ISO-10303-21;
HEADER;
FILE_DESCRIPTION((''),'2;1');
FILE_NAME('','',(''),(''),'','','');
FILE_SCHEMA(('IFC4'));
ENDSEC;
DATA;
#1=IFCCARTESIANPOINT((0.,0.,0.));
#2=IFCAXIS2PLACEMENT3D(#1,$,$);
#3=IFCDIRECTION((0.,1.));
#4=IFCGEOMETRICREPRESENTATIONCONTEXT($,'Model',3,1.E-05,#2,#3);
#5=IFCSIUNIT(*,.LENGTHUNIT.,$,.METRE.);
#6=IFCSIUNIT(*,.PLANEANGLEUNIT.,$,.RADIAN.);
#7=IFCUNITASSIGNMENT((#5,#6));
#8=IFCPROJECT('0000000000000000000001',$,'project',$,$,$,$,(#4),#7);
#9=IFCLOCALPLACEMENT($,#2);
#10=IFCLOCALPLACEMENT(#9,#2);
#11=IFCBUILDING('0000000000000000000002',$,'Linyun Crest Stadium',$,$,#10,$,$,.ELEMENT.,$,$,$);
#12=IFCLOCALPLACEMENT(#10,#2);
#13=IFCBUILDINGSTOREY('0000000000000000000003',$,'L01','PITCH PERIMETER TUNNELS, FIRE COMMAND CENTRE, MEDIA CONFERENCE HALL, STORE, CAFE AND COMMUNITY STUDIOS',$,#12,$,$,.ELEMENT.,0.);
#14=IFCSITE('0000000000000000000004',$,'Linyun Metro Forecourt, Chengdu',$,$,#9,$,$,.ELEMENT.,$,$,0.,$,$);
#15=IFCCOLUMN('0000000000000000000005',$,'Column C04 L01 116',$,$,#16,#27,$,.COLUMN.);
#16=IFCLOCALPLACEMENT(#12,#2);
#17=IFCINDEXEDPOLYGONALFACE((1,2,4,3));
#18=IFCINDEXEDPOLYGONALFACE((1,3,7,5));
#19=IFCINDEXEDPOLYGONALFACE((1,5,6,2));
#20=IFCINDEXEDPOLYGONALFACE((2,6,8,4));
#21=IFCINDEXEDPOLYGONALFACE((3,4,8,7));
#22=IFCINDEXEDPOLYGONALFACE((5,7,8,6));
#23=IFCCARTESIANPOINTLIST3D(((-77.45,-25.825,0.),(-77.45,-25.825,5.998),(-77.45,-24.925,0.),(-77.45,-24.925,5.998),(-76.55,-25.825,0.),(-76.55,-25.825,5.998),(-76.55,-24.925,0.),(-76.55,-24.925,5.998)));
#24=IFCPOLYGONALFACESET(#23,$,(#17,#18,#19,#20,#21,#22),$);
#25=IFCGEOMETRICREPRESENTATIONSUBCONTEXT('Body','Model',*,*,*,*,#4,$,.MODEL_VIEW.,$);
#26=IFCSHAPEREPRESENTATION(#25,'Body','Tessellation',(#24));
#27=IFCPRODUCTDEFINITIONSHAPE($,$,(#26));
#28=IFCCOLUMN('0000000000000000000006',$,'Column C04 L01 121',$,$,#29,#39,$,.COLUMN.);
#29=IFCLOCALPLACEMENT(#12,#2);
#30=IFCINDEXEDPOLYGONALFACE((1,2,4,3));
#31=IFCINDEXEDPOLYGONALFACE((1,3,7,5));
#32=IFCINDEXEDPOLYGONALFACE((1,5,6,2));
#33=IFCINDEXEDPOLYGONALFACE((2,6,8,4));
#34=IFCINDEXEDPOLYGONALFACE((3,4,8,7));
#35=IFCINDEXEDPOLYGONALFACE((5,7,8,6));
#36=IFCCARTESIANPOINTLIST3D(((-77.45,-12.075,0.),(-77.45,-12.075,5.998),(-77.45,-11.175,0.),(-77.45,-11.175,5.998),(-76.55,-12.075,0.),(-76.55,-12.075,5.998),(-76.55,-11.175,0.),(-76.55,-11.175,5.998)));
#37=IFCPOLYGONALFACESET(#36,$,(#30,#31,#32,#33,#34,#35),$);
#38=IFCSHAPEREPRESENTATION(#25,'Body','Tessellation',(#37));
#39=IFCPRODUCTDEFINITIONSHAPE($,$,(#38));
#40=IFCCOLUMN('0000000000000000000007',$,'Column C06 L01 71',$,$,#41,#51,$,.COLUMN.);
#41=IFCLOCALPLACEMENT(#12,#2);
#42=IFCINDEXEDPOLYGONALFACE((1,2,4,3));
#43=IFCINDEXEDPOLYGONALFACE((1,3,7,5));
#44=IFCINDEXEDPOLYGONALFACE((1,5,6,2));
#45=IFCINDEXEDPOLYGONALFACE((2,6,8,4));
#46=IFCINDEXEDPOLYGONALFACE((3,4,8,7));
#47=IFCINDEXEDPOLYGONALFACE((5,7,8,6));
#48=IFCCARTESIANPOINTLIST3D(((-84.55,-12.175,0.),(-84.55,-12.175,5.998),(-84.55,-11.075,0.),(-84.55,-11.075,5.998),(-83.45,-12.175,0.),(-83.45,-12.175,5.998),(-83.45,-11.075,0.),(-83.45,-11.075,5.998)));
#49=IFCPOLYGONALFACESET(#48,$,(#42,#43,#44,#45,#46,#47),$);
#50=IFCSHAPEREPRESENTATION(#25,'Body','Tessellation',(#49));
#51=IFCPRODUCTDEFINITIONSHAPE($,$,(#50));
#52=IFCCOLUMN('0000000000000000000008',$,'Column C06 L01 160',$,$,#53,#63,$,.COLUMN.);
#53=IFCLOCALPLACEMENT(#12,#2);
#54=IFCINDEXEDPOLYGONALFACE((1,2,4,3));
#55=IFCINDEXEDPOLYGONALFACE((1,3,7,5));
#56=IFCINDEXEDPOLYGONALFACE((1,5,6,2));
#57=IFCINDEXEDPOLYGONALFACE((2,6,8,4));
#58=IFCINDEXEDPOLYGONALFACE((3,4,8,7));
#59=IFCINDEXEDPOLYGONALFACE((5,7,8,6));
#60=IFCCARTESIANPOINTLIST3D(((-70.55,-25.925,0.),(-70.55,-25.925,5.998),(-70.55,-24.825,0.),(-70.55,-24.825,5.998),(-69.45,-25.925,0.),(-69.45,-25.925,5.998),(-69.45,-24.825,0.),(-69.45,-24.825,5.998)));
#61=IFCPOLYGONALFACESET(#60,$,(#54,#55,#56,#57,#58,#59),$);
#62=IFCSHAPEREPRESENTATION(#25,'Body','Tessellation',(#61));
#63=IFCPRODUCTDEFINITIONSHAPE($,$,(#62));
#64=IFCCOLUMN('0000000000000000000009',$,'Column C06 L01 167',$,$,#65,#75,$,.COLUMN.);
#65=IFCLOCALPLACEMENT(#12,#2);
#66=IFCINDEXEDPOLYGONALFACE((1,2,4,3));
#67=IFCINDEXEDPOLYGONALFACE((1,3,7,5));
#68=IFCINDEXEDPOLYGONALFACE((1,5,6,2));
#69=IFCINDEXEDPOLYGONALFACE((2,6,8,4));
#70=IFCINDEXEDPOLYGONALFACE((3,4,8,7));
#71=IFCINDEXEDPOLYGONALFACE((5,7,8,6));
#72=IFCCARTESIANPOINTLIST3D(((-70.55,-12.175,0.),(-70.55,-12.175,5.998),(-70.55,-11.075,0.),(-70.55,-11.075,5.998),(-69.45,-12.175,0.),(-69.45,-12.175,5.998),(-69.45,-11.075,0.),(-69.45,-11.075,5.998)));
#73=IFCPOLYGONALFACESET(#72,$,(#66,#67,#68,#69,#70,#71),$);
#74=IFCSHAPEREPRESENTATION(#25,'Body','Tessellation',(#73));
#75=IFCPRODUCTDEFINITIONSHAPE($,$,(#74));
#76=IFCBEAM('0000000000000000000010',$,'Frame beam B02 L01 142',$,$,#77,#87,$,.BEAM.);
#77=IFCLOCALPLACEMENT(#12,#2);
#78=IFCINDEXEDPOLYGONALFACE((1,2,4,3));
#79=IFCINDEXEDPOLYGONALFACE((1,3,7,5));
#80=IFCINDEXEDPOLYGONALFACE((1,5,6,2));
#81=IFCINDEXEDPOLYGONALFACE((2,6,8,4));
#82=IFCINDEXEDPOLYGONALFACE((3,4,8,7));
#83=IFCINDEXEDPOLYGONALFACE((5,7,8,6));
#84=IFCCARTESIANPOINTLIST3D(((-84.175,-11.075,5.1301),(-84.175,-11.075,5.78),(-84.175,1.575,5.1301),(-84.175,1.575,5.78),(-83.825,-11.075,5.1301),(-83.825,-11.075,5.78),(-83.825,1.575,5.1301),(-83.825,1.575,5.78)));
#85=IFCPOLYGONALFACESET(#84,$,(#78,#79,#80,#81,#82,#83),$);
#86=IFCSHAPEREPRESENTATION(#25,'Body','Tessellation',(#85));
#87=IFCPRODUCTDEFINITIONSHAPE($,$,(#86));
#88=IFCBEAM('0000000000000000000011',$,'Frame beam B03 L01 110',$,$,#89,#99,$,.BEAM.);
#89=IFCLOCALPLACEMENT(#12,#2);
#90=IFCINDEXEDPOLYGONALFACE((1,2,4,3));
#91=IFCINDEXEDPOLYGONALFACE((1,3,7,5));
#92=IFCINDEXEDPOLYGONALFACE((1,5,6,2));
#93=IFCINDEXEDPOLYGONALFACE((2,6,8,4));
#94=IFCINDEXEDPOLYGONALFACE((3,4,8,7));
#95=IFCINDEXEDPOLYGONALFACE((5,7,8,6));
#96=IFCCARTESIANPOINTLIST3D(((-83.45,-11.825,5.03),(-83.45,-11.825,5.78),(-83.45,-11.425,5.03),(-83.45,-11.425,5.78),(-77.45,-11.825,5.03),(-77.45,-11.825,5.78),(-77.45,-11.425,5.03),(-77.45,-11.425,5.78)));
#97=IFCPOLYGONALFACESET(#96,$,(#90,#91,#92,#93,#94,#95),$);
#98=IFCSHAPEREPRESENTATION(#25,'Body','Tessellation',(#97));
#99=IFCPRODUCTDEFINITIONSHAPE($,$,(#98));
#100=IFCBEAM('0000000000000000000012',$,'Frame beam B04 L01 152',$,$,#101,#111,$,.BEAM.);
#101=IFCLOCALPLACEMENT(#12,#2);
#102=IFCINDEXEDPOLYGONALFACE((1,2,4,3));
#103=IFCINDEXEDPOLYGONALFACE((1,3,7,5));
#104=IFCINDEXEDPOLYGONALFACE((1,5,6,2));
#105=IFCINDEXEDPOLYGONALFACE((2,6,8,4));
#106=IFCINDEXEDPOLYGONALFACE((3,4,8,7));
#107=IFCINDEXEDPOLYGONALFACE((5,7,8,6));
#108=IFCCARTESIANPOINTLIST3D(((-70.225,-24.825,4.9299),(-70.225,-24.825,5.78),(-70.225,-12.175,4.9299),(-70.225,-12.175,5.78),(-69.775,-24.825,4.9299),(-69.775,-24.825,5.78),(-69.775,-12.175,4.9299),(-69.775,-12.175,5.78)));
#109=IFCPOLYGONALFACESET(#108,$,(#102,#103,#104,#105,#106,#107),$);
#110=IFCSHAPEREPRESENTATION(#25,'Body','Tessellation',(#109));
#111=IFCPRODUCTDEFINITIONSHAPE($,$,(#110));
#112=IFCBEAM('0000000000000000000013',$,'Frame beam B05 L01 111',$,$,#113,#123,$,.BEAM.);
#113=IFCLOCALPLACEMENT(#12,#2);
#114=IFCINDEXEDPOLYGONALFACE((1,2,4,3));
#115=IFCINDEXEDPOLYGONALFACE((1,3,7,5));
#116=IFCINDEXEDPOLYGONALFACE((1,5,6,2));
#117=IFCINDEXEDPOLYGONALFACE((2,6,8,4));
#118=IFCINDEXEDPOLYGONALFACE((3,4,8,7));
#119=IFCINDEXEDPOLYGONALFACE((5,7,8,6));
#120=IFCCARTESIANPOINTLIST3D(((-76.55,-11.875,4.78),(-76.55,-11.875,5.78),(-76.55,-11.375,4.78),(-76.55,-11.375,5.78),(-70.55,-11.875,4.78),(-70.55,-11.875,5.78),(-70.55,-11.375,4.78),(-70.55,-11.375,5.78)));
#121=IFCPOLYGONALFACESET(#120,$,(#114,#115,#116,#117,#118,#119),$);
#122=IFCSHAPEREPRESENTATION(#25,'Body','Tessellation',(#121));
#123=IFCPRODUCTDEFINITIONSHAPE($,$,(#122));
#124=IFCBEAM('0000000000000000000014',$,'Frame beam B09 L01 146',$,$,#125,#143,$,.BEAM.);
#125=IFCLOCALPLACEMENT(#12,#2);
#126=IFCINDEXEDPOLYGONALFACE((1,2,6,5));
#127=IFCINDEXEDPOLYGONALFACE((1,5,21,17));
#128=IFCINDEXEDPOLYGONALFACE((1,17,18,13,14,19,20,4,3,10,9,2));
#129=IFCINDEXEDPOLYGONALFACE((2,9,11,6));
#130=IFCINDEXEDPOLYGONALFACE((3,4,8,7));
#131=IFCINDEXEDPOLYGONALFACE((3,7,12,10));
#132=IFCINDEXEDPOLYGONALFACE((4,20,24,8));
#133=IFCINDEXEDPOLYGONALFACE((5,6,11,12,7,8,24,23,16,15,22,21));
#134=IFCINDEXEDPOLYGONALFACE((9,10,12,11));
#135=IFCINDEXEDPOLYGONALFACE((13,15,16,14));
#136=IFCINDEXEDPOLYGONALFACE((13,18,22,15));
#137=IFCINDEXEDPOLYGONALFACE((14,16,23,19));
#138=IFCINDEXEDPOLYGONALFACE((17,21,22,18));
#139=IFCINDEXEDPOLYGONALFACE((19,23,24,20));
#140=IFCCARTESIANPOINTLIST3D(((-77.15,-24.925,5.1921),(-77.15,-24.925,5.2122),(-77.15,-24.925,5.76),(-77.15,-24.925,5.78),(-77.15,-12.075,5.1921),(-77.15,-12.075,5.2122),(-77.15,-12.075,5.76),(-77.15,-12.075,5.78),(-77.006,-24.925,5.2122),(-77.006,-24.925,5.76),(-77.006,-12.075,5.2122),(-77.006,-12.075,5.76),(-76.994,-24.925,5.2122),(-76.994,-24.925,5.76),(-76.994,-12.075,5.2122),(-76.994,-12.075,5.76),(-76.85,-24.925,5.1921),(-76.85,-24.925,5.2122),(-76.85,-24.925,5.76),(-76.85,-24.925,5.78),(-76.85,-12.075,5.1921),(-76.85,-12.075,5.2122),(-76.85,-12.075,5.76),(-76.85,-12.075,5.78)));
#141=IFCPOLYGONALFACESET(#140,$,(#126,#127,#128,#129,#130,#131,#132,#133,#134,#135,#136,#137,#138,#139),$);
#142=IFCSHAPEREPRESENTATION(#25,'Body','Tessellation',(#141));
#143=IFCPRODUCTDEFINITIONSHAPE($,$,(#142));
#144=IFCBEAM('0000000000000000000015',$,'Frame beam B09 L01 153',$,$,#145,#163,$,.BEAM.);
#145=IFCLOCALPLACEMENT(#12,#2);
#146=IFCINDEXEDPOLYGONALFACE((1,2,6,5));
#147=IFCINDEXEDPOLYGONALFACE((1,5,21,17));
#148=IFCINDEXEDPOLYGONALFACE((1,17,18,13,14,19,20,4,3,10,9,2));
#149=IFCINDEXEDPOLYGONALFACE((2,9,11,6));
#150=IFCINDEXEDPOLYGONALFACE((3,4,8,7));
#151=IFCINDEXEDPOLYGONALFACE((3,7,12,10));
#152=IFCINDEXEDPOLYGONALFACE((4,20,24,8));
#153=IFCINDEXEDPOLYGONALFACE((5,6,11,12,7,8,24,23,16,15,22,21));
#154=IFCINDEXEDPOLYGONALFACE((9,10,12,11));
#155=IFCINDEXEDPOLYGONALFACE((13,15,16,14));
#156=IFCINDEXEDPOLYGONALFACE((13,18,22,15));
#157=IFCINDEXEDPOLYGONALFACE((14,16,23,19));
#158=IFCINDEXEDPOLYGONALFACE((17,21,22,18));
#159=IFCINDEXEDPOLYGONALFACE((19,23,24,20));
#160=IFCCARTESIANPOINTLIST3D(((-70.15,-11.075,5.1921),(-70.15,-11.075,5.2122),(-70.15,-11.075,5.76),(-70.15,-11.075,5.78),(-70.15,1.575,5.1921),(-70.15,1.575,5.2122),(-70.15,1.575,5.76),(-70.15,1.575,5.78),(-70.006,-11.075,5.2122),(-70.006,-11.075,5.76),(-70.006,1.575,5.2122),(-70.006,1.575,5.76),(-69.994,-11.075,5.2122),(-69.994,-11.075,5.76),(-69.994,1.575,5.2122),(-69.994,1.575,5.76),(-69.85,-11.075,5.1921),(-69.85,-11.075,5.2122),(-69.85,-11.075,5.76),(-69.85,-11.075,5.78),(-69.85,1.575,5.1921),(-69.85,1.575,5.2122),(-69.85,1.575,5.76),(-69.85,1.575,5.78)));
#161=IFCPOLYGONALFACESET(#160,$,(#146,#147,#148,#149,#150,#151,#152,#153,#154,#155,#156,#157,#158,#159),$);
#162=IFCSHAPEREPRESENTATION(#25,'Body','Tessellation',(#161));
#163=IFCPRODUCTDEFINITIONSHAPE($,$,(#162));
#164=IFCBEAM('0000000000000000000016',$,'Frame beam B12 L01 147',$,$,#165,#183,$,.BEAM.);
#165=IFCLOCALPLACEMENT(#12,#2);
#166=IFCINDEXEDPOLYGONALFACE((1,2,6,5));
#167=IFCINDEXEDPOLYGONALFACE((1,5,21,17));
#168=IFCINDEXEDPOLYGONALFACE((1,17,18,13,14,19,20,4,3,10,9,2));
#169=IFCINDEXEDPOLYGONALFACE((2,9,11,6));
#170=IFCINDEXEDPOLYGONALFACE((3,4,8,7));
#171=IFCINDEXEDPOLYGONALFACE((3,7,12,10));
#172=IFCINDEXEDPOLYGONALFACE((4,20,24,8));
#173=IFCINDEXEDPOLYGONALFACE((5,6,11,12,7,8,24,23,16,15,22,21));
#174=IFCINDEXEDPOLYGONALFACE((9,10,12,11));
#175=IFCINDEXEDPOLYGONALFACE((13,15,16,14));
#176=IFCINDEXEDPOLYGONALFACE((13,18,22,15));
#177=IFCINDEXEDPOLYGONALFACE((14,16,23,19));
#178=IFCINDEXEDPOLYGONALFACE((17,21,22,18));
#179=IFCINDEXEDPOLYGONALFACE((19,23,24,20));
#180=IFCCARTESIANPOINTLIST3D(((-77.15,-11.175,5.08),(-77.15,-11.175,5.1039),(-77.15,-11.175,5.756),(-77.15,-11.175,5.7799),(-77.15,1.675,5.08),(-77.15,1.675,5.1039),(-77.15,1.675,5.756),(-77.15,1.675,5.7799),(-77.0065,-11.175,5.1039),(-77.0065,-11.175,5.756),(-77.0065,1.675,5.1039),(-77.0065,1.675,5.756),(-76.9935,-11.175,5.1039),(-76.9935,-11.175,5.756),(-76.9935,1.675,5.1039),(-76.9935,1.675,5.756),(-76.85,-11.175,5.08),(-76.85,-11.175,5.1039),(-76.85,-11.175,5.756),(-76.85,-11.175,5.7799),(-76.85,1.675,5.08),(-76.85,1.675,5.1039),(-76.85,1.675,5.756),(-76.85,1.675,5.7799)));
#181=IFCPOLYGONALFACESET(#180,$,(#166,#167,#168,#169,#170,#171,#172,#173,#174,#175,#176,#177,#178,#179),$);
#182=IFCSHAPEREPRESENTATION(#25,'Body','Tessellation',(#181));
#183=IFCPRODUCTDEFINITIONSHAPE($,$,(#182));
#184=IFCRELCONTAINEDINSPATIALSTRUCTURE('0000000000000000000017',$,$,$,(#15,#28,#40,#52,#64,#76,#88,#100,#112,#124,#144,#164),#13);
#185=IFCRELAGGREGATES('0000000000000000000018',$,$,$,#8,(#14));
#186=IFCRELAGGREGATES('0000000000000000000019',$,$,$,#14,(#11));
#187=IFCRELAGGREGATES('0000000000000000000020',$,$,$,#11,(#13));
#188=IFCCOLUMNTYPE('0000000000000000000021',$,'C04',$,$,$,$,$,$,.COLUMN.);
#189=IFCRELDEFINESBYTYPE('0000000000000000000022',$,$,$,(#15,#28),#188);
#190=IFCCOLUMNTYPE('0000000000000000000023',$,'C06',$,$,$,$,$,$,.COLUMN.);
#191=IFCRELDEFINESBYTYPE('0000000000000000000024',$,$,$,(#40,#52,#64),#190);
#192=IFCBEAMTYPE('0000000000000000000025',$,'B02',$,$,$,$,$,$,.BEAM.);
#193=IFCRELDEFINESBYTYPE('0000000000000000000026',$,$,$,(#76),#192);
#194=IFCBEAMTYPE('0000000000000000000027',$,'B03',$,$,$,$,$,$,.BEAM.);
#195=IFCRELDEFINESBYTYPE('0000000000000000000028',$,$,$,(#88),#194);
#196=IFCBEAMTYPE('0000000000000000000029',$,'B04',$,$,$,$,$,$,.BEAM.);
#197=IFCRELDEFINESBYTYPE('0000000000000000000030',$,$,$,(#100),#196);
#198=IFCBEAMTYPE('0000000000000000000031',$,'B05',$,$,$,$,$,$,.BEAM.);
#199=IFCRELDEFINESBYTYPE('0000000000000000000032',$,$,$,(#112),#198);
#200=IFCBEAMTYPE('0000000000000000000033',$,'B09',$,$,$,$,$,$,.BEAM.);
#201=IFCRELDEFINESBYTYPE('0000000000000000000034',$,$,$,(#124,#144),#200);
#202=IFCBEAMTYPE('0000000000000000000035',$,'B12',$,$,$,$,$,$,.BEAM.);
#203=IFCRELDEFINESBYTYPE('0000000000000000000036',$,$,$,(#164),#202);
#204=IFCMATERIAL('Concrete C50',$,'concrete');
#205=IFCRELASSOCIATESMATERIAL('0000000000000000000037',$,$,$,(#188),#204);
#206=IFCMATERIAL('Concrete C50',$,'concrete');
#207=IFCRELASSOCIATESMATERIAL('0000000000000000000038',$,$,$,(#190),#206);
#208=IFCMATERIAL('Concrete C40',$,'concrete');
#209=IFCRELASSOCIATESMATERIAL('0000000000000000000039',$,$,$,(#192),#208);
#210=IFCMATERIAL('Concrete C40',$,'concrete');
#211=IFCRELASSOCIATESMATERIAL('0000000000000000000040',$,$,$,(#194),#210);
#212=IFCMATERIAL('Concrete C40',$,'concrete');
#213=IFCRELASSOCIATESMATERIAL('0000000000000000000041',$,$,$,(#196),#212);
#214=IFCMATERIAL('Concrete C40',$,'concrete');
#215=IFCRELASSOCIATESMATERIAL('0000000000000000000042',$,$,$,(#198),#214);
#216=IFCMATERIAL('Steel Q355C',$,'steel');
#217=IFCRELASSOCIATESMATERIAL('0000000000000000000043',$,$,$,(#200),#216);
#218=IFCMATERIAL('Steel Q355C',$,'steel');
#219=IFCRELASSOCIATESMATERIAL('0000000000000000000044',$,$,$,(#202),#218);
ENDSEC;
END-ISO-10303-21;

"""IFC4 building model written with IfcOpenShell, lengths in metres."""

from ifc_helpers import new_model, si_unit, direction, frame, origin, origin_2d, place, context, subcontext, project, spatial, rectangle, i_section, extrude, material, material_profile, profile_set, type_object, element, save


model = new_model("IFC4")

# Units and contexts
model_context = context("Model", 3, precision=1e-05, world=origin(), true_north=direction((0.0, 1.0)))
body_context = subcontext(model_context, "Body", "Model", "MODEL_VIEW")
ifc_project = project(units=[si_unit("LENGTHUNIT", "METRE"), si_unit("PLANEANGLEUNIT", "RADIAN")], contexts=[model_context])

# Site, building, storey
site_placement = place(None, origin())
site = spatial("IfcSite", under=ifc_project, at=site_placement, Name="Linyun Metro Forecourt, Chengdu", CompositionType="ELEMENT", RefElevation=0.0)
building_placement = place(site_placement, origin())
building = spatial("IfcBuilding", under=site, at=building_placement, Name="Linyun Crest Stadium", CompositionType="ELEMENT")
storey_placement = place(building_placement, origin())
storey = spatial("IfcBuildingStorey", under=building, at=storey_placement, Name="L01", Description="PITCH PERIMETER TUNNELS, FIRE COMMAND CENTRE, MEDIA CONFERENCE HALL, STORE, CAFE AND COMMUNITY STUDIOS", CompositionType="ELEMENT", Elevation=0.0)

# Columns
ifc_material_1 = material(Name="Concrete C50", Category="concrete")
ifc_material_profile_1 = material_profile(ifc_material_1, rectangle(XDim=0.8999, YDim=0.8999, at=origin_2d()), Name="RC 900x900")
ifc_profile_set_1 = profile_set([ifc_material_profile_1], Name="Concrete C50")
column_type_1 = type_object("IfcColumnType", Name="C04", PredefinedType="COLUMN", material=ifc_profile_set_1)
for number, where, z_axis, x_axis, name in (
    (1, (-77.0, -25.375, 0.0), (0.0, 0.0, 1.0), (1.0, 0.0, 0.0), "Column C04 L01 116"),
    (2, (-77.0, -11.625, 0.0), (0.0, 0.0, 1.0), (1.0, 0.0, 0.0), "Column C04 L01 121"),
):
    element("IfcColumn", number, at=place(storey_placement, frame(where, z_axis=z_axis, x_axis=x_axis)), inside=storey, type_object=column_type_1, Name=name, PredefinedType="COLUMN", context=body_context, shape_type="SweptSolid", body=[
        extrude(rectangle(XDim=0.8999, YDim=0.8999, at=origin_2d()), origin(), (0.0, 0.0, 1.0), 5.998),
    ])
ifc_material_2 = material(Name="Concrete C50", Category="concrete")
ifc_material_profile_2 = material_profile(ifc_material_2, rectangle(XDim=1.1001, YDim=1.1001, at=origin_2d()), Name="RC 1100x1100")
ifc_profile_set_2 = profile_set([ifc_material_profile_2], Name="Concrete C50")
column_type_2 = type_object("IfcColumnType", Name="C06", PredefinedType="COLUMN", material=ifc_profile_set_2)
for number, where, z_axis, x_axis, name in (
    (3, (-84.0, -11.625, 0.0), (0.0, 0.0, 1.0), (1.0, 0.0, 0.0), "Column C06 L01 71"),
    (4, (-70.0, -25.375, 0.0), (0.0, 0.0, 1.0), (1.0, 0.0, 0.0), "Column C06 L01 160"),
    (5, (-70.0, -11.625, 0.0), (0.0, 0.0, 1.0), (1.0, 0.0, 0.0), "Column C06 L01 167"),
):
    element("IfcColumn", number, at=place(storey_placement, frame(where, z_axis=z_axis, x_axis=x_axis)), inside=storey, type_object=column_type_2, Name=name, PredefinedType="COLUMN", context=body_context, shape_type="SweptSolid", body=[
        extrude(rectangle(XDim=1.1001, YDim=1.1001, at=origin_2d()), origin(), (0.0, 0.0, 1.0), 5.998),
    ])

# Beams
ifc_material_3 = material(Name="Concrete C40", Category="concrete")
ifc_material_profile_3 = material_profile(ifc_material_3, rectangle(XDim=0.3501, YDim=0.6499, at=origin_2d()), Name="RCB 650x350")
ifc_profile_set_3 = profile_set([ifc_material_profile_3], Name="Concrete C40")
beam_type_1 = type_object("IfcBeamType", Name="B02", PredefinedType="BEAM", material=ifc_profile_set_3)
beam_1_placement = place(storey_placement, frame((-84.0, -11.075, 5.4551), z_axis=(0.0, 1.0, 0.0), x_axis=(-1.0, 0.0, 0.0)))
element("IfcBeam", 6, at=beam_1_placement, inside=storey, type_object=beam_type_1, Name="Frame beam B02 L01 142", PredefinedType="BEAM", context=body_context, shape_type="SweptSolid", body=[
    extrude(rectangle(XDim=0.3501, YDim=0.6499, at=origin_2d()), origin(), (0.0, 0.0, 1.0), 12.6499),
])
ifc_material_4 = material(Name="Concrete C40", Category="concrete")
ifc_material_profile_4 = material_profile(ifc_material_4, rectangle(XDim=0.3999, YDim=0.75, at=origin_2d()), Name="RCB 750x400")
ifc_profile_set_4 = profile_set([ifc_material_profile_4], Name="Concrete C40")
beam_type_2 = type_object("IfcBeamType", Name="B03", PredefinedType="BEAM", material=ifc_profile_set_4)
beam_2_placement = place(storey_placement, frame((-83.45, -11.625, 5.405), z_axis=(1.0, 0.0, 0.0), x_axis=(0.0, 1.0, 0.0)))
element("IfcBeam", 7, at=beam_2_placement, inside=storey, type_object=beam_type_2, Name="Frame beam B03 L01 110", PredefinedType="BEAM", context=body_context, shape_type="SweptSolid", body=[
    extrude(rectangle(XDim=0.3999, YDim=0.75, at=origin_2d()), origin(), (0.0, 0.0, 1.0), 6.0),
])
ifc_material_5 = material(Name="Concrete C40", Category="concrete")
ifc_material_profile_5 = material_profile(ifc_material_5, rectangle(XDim=0.45, YDim=0.8501, at=origin_2d()), Name="RCB 850x450")
ifc_profile_set_5 = profile_set([ifc_material_profile_5], Name="Concrete C40")
beam_type_3 = type_object("IfcBeamType", Name="B04", PredefinedType="BEAM", material=ifc_profile_set_5)
beam_3_placement = place(storey_placement, frame((-70.0, -24.825, 5.355), z_axis=(0.0, 1.0, 0.0), x_axis=(-1.0, 0.0, 0.0)))
element("IfcBeam", 8, at=beam_3_placement, inside=storey, type_object=beam_type_3, Name="Frame beam B04 L01 152", PredefinedType="BEAM", context=body_context, shape_type="SweptSolid", body=[
    extrude(rectangle(XDim=0.45, YDim=0.8501, at=origin_2d()), origin(), (0.0, 0.0, 1.0), 12.6499),
])
ifc_material_6 = material(Name="Concrete C40", Category="concrete")
ifc_material_profile_6 = material_profile(ifc_material_6, rectangle(XDim=0.5, YDim=1.0, at=origin_2d()), Name="RCB 1000x500")
ifc_profile_set_6 = profile_set([ifc_material_profile_6], Name="Concrete C40")
beam_type_4 = type_object("IfcBeamType", Name="B05", PredefinedType="BEAM", material=ifc_profile_set_6)
beam_4_placement = place(storey_placement, frame((-76.55, -11.625, 5.28), z_axis=(1.0, 0.0, 0.0), x_axis=(0.0, 1.0, 0.0)))
element("IfcBeam", 9, at=beam_4_placement, inside=storey, type_object=beam_type_4, Name="Frame beam B05 L01 111", PredefinedType="BEAM", context=body_context, shape_type="SweptSolid", body=[
    extrude(rectangle(XDim=0.5, YDim=1.0, at=origin_2d()), origin(), (0.0, 0.0, 1.0), 6.0),
])
ifc_material_7 = material(Name="Steel Q355C", Category="steel")
ifc_material_profile_7 = material_profile(ifc_material_7, i_section(OverallWidth=0.3, OverallDepth=0.5879, WebThickness=0.012, FlangeThickness=0.02, at=origin_2d()), Name="HM 588x300")
ifc_profile_set_7 = profile_set([ifc_material_profile_7], Name="Steel Q355C")
beam_type_5 = type_object("IfcBeamType", Name="B09", PredefinedType="BEAM", material=ifc_profile_set_7)
beam_5_placement = place(storey_placement, frame((-77.0, -24.925, 5.4861), z_axis=(0.0, 1.0, 0.0), x_axis=(-1.0, 0.0, 0.0)))
element("IfcBeam", 10, at=beam_5_placement, inside=storey, type_object=beam_type_5, Name="Frame beam B09 L01 146", PredefinedType="BEAM", context=body_context, shape_type="SweptSolid", body=[
    extrude(i_section(OverallWidth=0.3, OverallDepth=0.5879, WebThickness=0.012, FlangeThickness=0.02, at=origin_2d()), origin(), (0.0, 0.0, 1.0), 12.8501),
])
beam_6_placement = place(storey_placement, frame((-70.0, -11.075, 5.4861), z_axis=(0.0, 1.0, 0.0), x_axis=(-1.0, 0.0, 0.0)))
element("IfcBeam", 11, at=beam_6_placement, inside=storey, type_object=beam_type_5, Name="Frame beam B09 L01 153", PredefinedType="BEAM", context=body_context, shape_type="SweptSolid", body=[
    extrude(i_section(OverallWidth=0.3, OverallDepth=0.5879, WebThickness=0.012, FlangeThickness=0.02, at=origin_2d()), origin(), (0.0, 0.0, 1.0), 12.6499),
])
ifc_material_8 = material(Name="Steel Q355C", Category="steel")
ifc_material_profile_8 = material_profile(ifc_material_8, i_section(OverallWidth=0.3, OverallDepth=0.7, WebThickness=0.0129, FlangeThickness=0.0239, at=origin_2d()), Name="HN 700x300")
ifc_profile_set_8 = profile_set([ifc_material_profile_8], Name="Steel Q355C")
beam_type_6 = type_object("IfcBeamType", Name="B12", PredefinedType="BEAM", material=ifc_profile_set_8)
beam_7_placement = place(storey_placement, frame((-77.0, -11.175, 5.4299), z_axis=(0.0, 1.0, 0.0), x_axis=(-1.0, 0.0, 0.0)))
element("IfcBeam", 12, at=beam_7_placement, inside=storey, type_object=beam_type_6, Name="Frame beam B12 L01 147", PredefinedType="BEAM", context=body_context, shape_type="SweptSolid", body=[
    extrude(i_section(OverallWidth=0.3, OverallDepth=0.7, WebThickness=0.0129, FlangeThickness=0.0239, at=origin_2d()), origin(), (0.0, 0.0, 1.0), 12.8501),
])

save(model, "model.ifc")
